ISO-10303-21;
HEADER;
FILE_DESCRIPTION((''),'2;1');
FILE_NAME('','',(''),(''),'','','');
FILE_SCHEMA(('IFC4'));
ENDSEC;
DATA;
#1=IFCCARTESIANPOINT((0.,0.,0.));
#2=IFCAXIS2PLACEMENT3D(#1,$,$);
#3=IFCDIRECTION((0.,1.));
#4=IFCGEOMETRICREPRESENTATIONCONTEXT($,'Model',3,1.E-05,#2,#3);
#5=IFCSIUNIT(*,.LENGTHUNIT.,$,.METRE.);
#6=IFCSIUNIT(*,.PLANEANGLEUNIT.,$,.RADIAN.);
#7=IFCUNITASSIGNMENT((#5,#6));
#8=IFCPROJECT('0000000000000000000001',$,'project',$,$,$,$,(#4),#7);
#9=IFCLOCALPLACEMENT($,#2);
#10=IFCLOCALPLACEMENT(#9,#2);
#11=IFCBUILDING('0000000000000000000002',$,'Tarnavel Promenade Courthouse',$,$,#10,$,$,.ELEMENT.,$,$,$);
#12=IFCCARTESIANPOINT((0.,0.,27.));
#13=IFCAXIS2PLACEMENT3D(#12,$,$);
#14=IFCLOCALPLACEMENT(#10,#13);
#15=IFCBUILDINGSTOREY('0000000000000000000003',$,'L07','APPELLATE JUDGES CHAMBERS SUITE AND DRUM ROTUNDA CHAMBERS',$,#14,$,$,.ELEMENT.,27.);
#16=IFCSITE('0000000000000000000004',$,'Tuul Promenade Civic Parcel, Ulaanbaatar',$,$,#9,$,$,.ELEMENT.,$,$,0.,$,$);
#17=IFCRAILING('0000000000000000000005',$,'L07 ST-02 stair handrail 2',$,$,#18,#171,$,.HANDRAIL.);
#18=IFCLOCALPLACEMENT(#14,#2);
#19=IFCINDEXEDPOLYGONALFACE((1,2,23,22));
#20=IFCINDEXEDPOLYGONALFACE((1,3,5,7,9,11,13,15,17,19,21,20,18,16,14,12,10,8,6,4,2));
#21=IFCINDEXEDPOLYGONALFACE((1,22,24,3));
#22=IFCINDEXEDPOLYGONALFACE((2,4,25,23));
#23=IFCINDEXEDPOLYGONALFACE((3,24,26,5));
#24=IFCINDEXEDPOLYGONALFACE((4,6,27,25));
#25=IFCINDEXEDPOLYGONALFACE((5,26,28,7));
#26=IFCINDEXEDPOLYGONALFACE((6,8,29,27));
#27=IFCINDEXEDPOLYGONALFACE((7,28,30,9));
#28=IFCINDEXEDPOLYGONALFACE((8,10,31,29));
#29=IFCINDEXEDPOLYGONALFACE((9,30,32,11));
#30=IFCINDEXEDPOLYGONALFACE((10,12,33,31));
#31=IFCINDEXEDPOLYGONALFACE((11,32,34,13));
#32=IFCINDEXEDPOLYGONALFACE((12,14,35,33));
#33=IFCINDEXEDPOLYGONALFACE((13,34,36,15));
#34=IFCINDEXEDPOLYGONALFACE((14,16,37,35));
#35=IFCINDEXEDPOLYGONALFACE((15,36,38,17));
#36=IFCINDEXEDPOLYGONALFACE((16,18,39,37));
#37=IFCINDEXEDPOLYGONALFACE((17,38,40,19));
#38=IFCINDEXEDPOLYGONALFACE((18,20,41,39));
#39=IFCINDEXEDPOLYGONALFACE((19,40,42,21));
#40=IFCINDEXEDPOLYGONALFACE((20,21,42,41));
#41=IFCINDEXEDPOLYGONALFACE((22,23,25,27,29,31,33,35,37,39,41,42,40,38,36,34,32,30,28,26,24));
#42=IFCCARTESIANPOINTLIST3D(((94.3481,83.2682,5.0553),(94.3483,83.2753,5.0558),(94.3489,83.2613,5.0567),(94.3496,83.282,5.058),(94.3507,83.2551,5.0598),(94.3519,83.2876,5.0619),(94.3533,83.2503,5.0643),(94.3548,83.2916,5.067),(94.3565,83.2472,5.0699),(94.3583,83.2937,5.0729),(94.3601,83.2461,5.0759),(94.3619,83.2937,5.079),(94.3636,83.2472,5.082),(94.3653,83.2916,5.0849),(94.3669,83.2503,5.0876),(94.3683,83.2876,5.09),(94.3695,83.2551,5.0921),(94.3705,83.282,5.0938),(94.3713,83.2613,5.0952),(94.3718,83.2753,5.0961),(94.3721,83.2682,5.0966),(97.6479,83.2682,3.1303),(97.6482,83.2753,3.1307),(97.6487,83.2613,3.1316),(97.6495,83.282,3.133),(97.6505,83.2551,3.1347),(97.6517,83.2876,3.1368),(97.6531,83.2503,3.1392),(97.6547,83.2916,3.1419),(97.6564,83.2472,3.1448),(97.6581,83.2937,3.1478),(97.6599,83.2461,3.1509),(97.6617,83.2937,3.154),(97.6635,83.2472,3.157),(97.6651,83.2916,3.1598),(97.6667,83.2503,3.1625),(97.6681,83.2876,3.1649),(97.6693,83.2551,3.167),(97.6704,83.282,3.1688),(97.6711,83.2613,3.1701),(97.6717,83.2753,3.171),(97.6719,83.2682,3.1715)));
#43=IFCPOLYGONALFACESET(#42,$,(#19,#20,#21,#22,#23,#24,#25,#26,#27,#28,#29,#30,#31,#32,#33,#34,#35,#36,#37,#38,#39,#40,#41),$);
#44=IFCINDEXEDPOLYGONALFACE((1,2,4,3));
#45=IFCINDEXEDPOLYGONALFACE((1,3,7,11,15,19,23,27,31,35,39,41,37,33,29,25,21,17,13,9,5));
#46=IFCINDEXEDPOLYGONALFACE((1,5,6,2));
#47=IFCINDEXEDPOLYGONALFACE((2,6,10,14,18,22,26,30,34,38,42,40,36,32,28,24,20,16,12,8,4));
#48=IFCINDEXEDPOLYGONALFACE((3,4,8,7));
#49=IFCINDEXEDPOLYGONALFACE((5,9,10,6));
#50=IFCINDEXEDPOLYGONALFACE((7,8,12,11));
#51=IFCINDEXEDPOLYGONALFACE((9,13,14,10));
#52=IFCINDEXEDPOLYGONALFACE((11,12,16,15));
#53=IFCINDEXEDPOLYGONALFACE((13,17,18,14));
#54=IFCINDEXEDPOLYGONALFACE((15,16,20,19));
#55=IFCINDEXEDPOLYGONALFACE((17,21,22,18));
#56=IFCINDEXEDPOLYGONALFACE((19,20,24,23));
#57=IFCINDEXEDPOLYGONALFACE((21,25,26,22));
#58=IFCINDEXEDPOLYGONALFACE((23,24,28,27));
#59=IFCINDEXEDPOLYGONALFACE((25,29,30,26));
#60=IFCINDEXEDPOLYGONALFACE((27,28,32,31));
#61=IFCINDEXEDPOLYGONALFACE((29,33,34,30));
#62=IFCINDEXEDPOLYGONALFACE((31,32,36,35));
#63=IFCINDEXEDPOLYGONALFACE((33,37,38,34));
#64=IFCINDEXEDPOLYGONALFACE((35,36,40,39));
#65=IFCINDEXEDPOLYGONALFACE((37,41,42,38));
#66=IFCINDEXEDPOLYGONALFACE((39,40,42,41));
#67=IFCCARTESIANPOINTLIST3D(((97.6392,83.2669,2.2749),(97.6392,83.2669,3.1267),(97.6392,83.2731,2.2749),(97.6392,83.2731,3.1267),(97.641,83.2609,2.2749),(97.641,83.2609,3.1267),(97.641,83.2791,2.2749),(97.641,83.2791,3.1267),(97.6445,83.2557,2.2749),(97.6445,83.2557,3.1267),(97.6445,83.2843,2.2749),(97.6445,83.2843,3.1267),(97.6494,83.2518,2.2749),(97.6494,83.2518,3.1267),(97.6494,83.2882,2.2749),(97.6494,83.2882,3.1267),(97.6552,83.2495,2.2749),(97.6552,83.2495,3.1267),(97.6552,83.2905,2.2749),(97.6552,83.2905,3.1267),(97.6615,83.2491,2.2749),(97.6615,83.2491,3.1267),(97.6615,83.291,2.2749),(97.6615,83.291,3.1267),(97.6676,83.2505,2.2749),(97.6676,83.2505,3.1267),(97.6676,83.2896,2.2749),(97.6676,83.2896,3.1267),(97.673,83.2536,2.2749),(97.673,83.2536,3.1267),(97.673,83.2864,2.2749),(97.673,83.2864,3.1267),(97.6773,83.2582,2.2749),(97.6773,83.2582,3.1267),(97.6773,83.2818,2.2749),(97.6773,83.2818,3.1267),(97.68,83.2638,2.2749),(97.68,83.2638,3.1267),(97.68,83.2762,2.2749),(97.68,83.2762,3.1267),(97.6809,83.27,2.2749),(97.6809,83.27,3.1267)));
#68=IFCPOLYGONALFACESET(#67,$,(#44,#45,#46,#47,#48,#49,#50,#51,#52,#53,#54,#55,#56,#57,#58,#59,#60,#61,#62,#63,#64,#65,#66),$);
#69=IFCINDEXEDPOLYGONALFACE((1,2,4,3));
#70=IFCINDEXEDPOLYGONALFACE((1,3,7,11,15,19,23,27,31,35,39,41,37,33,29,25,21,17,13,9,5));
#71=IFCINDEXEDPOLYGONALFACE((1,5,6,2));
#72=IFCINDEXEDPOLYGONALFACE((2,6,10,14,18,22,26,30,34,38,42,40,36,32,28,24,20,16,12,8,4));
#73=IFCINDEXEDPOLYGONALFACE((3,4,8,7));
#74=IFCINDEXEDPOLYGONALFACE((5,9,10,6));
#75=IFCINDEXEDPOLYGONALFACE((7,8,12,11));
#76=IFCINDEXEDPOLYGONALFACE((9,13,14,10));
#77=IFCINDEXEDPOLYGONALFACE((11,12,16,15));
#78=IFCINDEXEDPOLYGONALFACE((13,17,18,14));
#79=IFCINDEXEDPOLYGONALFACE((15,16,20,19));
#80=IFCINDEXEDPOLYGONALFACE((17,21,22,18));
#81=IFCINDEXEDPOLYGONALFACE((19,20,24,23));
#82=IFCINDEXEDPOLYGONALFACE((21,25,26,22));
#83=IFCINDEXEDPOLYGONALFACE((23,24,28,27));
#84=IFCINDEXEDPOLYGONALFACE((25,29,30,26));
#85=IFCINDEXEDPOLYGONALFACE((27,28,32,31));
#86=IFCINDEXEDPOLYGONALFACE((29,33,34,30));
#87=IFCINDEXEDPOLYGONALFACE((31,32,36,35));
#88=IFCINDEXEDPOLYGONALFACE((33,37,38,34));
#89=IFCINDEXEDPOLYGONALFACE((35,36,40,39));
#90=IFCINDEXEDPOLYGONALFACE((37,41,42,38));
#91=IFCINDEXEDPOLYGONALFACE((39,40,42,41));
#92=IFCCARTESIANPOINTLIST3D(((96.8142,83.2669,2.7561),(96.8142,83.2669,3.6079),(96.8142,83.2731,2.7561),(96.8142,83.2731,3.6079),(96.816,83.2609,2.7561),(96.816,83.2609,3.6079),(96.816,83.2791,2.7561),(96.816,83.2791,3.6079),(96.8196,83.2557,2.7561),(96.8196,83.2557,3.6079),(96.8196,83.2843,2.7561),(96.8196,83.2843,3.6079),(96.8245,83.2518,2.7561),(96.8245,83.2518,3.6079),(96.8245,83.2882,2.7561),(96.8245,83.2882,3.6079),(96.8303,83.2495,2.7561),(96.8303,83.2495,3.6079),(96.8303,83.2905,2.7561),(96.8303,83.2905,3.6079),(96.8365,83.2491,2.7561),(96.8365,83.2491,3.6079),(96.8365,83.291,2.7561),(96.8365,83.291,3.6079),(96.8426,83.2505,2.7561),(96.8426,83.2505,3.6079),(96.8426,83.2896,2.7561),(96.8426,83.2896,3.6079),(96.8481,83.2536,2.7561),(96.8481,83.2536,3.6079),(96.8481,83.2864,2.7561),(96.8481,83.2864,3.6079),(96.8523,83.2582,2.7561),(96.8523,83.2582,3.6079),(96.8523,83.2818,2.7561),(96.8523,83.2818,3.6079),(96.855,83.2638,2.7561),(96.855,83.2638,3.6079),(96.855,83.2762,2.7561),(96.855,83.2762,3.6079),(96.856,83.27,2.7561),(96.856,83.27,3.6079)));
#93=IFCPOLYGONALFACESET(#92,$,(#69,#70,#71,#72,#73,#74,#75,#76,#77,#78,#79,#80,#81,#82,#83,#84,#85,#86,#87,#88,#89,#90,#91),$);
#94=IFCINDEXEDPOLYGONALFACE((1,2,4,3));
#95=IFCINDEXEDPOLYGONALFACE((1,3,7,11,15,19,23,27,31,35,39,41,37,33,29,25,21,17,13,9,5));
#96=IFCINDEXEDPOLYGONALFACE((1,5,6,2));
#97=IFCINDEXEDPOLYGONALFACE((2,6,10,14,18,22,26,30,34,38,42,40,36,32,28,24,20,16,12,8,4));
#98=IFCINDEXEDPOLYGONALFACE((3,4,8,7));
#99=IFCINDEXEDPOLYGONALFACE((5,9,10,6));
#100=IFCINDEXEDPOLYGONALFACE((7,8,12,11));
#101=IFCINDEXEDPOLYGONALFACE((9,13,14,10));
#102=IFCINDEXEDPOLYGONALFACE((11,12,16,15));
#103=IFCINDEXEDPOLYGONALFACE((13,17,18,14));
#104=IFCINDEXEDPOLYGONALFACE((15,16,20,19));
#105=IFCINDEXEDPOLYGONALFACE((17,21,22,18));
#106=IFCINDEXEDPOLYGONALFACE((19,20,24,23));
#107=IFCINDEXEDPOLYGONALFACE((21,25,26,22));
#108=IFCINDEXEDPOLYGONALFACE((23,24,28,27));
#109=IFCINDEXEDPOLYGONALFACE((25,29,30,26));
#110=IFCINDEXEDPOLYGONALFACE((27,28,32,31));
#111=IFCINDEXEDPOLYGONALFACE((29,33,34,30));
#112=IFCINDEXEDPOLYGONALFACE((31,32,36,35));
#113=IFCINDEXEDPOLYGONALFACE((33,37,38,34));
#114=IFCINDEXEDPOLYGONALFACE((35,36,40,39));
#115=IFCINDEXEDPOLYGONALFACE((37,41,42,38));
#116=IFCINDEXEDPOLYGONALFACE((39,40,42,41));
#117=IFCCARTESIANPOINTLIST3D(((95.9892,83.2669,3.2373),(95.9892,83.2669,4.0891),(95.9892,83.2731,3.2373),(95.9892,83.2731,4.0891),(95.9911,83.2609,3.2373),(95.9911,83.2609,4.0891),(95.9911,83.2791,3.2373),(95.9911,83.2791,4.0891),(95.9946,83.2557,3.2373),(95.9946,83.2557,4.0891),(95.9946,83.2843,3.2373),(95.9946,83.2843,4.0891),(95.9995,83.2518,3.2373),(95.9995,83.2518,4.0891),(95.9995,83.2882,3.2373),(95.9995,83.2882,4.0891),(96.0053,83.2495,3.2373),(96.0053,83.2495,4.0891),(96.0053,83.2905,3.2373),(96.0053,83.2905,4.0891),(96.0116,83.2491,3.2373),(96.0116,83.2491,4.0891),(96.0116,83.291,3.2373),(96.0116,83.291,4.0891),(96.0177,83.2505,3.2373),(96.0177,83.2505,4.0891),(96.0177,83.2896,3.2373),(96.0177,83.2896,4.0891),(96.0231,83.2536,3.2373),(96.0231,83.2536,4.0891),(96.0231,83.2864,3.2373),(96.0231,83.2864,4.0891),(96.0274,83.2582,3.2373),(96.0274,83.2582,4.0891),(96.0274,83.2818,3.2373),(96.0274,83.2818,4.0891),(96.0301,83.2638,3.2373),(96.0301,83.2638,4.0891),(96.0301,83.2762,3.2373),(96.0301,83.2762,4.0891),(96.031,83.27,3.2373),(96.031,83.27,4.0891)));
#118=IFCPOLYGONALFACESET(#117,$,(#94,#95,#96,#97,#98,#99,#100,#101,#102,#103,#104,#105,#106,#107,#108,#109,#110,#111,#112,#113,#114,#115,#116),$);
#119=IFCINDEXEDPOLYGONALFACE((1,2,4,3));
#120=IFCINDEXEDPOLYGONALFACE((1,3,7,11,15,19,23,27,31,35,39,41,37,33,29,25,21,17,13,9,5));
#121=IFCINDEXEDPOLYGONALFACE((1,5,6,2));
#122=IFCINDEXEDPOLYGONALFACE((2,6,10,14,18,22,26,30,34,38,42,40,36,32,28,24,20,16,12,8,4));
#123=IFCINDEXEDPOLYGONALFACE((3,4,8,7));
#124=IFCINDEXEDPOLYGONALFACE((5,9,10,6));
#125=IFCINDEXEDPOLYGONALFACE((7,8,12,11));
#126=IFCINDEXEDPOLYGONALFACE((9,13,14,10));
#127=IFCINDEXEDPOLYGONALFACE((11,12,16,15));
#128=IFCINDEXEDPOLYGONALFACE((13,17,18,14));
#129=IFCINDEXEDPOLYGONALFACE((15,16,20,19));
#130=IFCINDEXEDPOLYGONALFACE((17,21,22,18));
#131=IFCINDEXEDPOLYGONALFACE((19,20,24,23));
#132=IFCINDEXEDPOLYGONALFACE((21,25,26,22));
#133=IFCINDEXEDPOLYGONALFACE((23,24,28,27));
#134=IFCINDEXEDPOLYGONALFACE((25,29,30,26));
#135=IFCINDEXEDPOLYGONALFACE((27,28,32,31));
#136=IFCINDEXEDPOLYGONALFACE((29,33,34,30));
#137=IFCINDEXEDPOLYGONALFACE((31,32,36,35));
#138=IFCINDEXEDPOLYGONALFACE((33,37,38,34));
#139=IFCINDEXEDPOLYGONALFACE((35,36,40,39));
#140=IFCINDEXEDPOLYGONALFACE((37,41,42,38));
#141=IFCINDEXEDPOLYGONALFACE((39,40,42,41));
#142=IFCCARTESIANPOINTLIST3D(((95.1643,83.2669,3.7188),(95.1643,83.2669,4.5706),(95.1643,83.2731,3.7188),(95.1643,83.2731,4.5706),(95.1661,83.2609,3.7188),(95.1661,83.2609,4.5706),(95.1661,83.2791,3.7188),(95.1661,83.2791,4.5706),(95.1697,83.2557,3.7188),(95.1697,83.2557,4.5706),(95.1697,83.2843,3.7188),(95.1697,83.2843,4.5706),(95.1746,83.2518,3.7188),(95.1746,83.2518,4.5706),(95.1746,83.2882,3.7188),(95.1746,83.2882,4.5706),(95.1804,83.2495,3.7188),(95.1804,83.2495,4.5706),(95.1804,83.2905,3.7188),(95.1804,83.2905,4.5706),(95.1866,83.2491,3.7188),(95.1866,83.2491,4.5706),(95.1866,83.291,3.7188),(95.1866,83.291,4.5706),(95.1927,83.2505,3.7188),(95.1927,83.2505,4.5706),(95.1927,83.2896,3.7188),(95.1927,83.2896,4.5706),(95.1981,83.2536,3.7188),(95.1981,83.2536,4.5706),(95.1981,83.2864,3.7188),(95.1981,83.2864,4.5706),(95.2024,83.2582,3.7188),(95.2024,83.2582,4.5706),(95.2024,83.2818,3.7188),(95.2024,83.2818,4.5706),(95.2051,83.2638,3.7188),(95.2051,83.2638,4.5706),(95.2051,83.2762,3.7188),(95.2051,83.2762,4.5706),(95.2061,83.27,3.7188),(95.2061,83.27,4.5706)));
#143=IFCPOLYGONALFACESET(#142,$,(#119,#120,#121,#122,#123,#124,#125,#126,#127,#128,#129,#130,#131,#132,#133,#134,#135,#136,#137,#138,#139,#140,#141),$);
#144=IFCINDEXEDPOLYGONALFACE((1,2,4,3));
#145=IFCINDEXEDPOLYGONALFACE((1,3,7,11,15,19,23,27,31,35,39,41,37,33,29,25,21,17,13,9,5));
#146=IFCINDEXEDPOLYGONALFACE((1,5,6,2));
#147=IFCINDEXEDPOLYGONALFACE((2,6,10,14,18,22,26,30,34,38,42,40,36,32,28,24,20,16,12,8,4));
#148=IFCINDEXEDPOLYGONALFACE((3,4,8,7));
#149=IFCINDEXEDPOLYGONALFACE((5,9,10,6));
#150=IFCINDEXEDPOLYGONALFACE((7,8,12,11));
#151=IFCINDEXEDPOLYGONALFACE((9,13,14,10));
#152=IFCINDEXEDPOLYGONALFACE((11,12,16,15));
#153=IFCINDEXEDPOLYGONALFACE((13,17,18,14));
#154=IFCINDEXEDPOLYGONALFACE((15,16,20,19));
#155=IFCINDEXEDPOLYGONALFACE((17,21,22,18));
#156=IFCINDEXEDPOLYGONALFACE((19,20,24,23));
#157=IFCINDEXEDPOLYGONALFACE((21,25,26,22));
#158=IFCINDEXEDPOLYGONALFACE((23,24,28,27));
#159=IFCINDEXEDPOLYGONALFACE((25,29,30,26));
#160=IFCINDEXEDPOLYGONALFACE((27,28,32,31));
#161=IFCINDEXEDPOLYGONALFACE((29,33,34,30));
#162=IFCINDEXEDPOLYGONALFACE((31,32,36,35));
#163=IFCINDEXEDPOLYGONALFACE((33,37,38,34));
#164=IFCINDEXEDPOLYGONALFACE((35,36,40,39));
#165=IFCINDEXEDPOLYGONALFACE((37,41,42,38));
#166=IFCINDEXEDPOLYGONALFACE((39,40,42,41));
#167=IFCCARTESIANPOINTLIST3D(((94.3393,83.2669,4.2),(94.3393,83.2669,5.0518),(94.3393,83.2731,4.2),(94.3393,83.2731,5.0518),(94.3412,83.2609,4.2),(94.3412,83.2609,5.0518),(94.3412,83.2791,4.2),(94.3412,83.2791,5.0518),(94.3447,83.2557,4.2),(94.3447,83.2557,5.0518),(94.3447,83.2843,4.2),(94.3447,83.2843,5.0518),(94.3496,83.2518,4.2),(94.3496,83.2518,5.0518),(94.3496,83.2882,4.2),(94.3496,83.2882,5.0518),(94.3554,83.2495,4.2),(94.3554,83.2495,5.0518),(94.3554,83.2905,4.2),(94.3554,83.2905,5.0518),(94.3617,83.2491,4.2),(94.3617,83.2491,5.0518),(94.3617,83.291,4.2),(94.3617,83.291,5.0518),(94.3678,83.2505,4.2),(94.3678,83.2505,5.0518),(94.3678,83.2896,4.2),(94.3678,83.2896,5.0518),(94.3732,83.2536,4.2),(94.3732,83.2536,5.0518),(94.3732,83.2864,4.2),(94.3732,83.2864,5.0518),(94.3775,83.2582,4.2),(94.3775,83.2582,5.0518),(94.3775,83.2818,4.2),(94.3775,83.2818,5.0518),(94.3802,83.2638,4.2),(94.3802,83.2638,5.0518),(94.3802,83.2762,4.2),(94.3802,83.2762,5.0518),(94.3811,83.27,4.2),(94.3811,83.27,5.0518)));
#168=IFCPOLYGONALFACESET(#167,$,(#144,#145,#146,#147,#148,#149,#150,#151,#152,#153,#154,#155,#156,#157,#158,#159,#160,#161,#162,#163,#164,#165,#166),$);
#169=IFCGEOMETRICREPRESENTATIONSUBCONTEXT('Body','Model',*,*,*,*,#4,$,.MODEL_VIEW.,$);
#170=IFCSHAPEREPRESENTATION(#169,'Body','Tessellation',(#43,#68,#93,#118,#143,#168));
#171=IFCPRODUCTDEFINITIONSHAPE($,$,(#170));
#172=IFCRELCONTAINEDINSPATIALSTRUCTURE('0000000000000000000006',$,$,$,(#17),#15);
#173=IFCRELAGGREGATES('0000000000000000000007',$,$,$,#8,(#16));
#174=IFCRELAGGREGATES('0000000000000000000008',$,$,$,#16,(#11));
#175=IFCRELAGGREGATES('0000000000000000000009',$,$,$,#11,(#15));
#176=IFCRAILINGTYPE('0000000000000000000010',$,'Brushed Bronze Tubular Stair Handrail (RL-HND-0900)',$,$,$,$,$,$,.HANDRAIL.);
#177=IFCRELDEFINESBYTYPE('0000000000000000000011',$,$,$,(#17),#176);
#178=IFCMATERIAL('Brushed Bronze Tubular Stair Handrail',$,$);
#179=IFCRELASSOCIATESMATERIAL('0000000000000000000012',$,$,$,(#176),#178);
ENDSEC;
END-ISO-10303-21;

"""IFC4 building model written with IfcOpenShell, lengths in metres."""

from ifc_helpers import new_model, si_unit, direction, frame, origin, origin_2d, place, context, subcontext, project, spatial, circle, extrude, material, type_object, element, save


model = new_model("IFC4")

# Units and contexts
model_context = context("Model", 3, precision=1e-05, world=origin(), true_north=direction((0.0, 1.0)))
body_context = subcontext(model_context, "Body", "Model", "MODEL_VIEW")
ifc_project = project(units=[si_unit("LENGTHUNIT", "METRE"), si_unit("PLANEANGLEUNIT", "RADIAN")], contexts=[model_context])

# Site, building, storey
site_placement = place(None, origin())
site = spatial("IfcSite", under=ifc_project, at=site_placement, Name="Tuul Promenade Civic Parcel, Ulaanbaatar", CompositionType="ELEMENT", RefElevation=0.0)
building_placement = place(site_placement, origin())
building = spatial("IfcBuilding", under=site, at=building_placement, Name="Tarnavel Promenade Courthouse", CompositionType="ELEMENT")
storey_placement = place(building_placement, frame((0.0, 0.0, 27.0)))
storey = spatial("IfcBuildingStorey", under=building, at=storey_placement, Name="L07", Description="APPELLATE JUDGES CHAMBERS SUITE AND DRUM ROTUNDA CHAMBERS", CompositionType="ELEMENT", Elevation=27.0)

# Railing
ifc_material_1 = material(Name="Brushed Bronze Tubular Stair Handrail")
railing_type_1 = type_object("IfcRailingType", Name="Brushed Bronze Tubular Stair Handrail (RL-HND-0900)", PredefinedType="HANDRAIL", material=ifc_material_1)
railing_1_placement = place(storey_placement, frame((97.6599, 83.27, 2.2749)))
element("IfcRailing", 1, at=railing_1_placement, inside=storey, type_object=railing_type_1, Name="L07 ST-02 stair handrail 2", PredefinedType="HANDRAIL", context=body_context, shape_type="SweptSolid", body=[
    extrude(circle(Radius=0.0239, at=origin_2d()), frame((0.0, 0.0, 0.876), z_axis=(-0.86376, 0.0, 0.503903), x_axis=(0.0, -1.0, 0.0)), (0.0, 0.0, 1.0), 3.8203),
    extrude(circle(Radius=0.021, at=origin_2d()), origin(), (0.0, 0.0, 1.0), 0.8518),
    extrude(circle(Radius=0.021, at=origin_2d()), frame((-0.825, 0.0, 0.4812)), (0.0, 0.0, 1.0), 0.8518),
    extrude(circle(Radius=0.021, at=origin_2d()), frame((-1.6499, 0.0, 0.9624)), (0.0, 0.0, 1.0), 0.8518),
    extrude(circle(Radius=0.021, at=origin_2d()), frame((-2.4749, 0.0, 1.4438)), (0.0, 0.0, 1.0), 0.8518),
    extrude(circle(Radius=0.021, at=origin_2d()), frame((-3.2998, 0.0, 1.925)), (0.0, 0.0, 1.0), 0.8518),
])

save(model, "model.ifc")
